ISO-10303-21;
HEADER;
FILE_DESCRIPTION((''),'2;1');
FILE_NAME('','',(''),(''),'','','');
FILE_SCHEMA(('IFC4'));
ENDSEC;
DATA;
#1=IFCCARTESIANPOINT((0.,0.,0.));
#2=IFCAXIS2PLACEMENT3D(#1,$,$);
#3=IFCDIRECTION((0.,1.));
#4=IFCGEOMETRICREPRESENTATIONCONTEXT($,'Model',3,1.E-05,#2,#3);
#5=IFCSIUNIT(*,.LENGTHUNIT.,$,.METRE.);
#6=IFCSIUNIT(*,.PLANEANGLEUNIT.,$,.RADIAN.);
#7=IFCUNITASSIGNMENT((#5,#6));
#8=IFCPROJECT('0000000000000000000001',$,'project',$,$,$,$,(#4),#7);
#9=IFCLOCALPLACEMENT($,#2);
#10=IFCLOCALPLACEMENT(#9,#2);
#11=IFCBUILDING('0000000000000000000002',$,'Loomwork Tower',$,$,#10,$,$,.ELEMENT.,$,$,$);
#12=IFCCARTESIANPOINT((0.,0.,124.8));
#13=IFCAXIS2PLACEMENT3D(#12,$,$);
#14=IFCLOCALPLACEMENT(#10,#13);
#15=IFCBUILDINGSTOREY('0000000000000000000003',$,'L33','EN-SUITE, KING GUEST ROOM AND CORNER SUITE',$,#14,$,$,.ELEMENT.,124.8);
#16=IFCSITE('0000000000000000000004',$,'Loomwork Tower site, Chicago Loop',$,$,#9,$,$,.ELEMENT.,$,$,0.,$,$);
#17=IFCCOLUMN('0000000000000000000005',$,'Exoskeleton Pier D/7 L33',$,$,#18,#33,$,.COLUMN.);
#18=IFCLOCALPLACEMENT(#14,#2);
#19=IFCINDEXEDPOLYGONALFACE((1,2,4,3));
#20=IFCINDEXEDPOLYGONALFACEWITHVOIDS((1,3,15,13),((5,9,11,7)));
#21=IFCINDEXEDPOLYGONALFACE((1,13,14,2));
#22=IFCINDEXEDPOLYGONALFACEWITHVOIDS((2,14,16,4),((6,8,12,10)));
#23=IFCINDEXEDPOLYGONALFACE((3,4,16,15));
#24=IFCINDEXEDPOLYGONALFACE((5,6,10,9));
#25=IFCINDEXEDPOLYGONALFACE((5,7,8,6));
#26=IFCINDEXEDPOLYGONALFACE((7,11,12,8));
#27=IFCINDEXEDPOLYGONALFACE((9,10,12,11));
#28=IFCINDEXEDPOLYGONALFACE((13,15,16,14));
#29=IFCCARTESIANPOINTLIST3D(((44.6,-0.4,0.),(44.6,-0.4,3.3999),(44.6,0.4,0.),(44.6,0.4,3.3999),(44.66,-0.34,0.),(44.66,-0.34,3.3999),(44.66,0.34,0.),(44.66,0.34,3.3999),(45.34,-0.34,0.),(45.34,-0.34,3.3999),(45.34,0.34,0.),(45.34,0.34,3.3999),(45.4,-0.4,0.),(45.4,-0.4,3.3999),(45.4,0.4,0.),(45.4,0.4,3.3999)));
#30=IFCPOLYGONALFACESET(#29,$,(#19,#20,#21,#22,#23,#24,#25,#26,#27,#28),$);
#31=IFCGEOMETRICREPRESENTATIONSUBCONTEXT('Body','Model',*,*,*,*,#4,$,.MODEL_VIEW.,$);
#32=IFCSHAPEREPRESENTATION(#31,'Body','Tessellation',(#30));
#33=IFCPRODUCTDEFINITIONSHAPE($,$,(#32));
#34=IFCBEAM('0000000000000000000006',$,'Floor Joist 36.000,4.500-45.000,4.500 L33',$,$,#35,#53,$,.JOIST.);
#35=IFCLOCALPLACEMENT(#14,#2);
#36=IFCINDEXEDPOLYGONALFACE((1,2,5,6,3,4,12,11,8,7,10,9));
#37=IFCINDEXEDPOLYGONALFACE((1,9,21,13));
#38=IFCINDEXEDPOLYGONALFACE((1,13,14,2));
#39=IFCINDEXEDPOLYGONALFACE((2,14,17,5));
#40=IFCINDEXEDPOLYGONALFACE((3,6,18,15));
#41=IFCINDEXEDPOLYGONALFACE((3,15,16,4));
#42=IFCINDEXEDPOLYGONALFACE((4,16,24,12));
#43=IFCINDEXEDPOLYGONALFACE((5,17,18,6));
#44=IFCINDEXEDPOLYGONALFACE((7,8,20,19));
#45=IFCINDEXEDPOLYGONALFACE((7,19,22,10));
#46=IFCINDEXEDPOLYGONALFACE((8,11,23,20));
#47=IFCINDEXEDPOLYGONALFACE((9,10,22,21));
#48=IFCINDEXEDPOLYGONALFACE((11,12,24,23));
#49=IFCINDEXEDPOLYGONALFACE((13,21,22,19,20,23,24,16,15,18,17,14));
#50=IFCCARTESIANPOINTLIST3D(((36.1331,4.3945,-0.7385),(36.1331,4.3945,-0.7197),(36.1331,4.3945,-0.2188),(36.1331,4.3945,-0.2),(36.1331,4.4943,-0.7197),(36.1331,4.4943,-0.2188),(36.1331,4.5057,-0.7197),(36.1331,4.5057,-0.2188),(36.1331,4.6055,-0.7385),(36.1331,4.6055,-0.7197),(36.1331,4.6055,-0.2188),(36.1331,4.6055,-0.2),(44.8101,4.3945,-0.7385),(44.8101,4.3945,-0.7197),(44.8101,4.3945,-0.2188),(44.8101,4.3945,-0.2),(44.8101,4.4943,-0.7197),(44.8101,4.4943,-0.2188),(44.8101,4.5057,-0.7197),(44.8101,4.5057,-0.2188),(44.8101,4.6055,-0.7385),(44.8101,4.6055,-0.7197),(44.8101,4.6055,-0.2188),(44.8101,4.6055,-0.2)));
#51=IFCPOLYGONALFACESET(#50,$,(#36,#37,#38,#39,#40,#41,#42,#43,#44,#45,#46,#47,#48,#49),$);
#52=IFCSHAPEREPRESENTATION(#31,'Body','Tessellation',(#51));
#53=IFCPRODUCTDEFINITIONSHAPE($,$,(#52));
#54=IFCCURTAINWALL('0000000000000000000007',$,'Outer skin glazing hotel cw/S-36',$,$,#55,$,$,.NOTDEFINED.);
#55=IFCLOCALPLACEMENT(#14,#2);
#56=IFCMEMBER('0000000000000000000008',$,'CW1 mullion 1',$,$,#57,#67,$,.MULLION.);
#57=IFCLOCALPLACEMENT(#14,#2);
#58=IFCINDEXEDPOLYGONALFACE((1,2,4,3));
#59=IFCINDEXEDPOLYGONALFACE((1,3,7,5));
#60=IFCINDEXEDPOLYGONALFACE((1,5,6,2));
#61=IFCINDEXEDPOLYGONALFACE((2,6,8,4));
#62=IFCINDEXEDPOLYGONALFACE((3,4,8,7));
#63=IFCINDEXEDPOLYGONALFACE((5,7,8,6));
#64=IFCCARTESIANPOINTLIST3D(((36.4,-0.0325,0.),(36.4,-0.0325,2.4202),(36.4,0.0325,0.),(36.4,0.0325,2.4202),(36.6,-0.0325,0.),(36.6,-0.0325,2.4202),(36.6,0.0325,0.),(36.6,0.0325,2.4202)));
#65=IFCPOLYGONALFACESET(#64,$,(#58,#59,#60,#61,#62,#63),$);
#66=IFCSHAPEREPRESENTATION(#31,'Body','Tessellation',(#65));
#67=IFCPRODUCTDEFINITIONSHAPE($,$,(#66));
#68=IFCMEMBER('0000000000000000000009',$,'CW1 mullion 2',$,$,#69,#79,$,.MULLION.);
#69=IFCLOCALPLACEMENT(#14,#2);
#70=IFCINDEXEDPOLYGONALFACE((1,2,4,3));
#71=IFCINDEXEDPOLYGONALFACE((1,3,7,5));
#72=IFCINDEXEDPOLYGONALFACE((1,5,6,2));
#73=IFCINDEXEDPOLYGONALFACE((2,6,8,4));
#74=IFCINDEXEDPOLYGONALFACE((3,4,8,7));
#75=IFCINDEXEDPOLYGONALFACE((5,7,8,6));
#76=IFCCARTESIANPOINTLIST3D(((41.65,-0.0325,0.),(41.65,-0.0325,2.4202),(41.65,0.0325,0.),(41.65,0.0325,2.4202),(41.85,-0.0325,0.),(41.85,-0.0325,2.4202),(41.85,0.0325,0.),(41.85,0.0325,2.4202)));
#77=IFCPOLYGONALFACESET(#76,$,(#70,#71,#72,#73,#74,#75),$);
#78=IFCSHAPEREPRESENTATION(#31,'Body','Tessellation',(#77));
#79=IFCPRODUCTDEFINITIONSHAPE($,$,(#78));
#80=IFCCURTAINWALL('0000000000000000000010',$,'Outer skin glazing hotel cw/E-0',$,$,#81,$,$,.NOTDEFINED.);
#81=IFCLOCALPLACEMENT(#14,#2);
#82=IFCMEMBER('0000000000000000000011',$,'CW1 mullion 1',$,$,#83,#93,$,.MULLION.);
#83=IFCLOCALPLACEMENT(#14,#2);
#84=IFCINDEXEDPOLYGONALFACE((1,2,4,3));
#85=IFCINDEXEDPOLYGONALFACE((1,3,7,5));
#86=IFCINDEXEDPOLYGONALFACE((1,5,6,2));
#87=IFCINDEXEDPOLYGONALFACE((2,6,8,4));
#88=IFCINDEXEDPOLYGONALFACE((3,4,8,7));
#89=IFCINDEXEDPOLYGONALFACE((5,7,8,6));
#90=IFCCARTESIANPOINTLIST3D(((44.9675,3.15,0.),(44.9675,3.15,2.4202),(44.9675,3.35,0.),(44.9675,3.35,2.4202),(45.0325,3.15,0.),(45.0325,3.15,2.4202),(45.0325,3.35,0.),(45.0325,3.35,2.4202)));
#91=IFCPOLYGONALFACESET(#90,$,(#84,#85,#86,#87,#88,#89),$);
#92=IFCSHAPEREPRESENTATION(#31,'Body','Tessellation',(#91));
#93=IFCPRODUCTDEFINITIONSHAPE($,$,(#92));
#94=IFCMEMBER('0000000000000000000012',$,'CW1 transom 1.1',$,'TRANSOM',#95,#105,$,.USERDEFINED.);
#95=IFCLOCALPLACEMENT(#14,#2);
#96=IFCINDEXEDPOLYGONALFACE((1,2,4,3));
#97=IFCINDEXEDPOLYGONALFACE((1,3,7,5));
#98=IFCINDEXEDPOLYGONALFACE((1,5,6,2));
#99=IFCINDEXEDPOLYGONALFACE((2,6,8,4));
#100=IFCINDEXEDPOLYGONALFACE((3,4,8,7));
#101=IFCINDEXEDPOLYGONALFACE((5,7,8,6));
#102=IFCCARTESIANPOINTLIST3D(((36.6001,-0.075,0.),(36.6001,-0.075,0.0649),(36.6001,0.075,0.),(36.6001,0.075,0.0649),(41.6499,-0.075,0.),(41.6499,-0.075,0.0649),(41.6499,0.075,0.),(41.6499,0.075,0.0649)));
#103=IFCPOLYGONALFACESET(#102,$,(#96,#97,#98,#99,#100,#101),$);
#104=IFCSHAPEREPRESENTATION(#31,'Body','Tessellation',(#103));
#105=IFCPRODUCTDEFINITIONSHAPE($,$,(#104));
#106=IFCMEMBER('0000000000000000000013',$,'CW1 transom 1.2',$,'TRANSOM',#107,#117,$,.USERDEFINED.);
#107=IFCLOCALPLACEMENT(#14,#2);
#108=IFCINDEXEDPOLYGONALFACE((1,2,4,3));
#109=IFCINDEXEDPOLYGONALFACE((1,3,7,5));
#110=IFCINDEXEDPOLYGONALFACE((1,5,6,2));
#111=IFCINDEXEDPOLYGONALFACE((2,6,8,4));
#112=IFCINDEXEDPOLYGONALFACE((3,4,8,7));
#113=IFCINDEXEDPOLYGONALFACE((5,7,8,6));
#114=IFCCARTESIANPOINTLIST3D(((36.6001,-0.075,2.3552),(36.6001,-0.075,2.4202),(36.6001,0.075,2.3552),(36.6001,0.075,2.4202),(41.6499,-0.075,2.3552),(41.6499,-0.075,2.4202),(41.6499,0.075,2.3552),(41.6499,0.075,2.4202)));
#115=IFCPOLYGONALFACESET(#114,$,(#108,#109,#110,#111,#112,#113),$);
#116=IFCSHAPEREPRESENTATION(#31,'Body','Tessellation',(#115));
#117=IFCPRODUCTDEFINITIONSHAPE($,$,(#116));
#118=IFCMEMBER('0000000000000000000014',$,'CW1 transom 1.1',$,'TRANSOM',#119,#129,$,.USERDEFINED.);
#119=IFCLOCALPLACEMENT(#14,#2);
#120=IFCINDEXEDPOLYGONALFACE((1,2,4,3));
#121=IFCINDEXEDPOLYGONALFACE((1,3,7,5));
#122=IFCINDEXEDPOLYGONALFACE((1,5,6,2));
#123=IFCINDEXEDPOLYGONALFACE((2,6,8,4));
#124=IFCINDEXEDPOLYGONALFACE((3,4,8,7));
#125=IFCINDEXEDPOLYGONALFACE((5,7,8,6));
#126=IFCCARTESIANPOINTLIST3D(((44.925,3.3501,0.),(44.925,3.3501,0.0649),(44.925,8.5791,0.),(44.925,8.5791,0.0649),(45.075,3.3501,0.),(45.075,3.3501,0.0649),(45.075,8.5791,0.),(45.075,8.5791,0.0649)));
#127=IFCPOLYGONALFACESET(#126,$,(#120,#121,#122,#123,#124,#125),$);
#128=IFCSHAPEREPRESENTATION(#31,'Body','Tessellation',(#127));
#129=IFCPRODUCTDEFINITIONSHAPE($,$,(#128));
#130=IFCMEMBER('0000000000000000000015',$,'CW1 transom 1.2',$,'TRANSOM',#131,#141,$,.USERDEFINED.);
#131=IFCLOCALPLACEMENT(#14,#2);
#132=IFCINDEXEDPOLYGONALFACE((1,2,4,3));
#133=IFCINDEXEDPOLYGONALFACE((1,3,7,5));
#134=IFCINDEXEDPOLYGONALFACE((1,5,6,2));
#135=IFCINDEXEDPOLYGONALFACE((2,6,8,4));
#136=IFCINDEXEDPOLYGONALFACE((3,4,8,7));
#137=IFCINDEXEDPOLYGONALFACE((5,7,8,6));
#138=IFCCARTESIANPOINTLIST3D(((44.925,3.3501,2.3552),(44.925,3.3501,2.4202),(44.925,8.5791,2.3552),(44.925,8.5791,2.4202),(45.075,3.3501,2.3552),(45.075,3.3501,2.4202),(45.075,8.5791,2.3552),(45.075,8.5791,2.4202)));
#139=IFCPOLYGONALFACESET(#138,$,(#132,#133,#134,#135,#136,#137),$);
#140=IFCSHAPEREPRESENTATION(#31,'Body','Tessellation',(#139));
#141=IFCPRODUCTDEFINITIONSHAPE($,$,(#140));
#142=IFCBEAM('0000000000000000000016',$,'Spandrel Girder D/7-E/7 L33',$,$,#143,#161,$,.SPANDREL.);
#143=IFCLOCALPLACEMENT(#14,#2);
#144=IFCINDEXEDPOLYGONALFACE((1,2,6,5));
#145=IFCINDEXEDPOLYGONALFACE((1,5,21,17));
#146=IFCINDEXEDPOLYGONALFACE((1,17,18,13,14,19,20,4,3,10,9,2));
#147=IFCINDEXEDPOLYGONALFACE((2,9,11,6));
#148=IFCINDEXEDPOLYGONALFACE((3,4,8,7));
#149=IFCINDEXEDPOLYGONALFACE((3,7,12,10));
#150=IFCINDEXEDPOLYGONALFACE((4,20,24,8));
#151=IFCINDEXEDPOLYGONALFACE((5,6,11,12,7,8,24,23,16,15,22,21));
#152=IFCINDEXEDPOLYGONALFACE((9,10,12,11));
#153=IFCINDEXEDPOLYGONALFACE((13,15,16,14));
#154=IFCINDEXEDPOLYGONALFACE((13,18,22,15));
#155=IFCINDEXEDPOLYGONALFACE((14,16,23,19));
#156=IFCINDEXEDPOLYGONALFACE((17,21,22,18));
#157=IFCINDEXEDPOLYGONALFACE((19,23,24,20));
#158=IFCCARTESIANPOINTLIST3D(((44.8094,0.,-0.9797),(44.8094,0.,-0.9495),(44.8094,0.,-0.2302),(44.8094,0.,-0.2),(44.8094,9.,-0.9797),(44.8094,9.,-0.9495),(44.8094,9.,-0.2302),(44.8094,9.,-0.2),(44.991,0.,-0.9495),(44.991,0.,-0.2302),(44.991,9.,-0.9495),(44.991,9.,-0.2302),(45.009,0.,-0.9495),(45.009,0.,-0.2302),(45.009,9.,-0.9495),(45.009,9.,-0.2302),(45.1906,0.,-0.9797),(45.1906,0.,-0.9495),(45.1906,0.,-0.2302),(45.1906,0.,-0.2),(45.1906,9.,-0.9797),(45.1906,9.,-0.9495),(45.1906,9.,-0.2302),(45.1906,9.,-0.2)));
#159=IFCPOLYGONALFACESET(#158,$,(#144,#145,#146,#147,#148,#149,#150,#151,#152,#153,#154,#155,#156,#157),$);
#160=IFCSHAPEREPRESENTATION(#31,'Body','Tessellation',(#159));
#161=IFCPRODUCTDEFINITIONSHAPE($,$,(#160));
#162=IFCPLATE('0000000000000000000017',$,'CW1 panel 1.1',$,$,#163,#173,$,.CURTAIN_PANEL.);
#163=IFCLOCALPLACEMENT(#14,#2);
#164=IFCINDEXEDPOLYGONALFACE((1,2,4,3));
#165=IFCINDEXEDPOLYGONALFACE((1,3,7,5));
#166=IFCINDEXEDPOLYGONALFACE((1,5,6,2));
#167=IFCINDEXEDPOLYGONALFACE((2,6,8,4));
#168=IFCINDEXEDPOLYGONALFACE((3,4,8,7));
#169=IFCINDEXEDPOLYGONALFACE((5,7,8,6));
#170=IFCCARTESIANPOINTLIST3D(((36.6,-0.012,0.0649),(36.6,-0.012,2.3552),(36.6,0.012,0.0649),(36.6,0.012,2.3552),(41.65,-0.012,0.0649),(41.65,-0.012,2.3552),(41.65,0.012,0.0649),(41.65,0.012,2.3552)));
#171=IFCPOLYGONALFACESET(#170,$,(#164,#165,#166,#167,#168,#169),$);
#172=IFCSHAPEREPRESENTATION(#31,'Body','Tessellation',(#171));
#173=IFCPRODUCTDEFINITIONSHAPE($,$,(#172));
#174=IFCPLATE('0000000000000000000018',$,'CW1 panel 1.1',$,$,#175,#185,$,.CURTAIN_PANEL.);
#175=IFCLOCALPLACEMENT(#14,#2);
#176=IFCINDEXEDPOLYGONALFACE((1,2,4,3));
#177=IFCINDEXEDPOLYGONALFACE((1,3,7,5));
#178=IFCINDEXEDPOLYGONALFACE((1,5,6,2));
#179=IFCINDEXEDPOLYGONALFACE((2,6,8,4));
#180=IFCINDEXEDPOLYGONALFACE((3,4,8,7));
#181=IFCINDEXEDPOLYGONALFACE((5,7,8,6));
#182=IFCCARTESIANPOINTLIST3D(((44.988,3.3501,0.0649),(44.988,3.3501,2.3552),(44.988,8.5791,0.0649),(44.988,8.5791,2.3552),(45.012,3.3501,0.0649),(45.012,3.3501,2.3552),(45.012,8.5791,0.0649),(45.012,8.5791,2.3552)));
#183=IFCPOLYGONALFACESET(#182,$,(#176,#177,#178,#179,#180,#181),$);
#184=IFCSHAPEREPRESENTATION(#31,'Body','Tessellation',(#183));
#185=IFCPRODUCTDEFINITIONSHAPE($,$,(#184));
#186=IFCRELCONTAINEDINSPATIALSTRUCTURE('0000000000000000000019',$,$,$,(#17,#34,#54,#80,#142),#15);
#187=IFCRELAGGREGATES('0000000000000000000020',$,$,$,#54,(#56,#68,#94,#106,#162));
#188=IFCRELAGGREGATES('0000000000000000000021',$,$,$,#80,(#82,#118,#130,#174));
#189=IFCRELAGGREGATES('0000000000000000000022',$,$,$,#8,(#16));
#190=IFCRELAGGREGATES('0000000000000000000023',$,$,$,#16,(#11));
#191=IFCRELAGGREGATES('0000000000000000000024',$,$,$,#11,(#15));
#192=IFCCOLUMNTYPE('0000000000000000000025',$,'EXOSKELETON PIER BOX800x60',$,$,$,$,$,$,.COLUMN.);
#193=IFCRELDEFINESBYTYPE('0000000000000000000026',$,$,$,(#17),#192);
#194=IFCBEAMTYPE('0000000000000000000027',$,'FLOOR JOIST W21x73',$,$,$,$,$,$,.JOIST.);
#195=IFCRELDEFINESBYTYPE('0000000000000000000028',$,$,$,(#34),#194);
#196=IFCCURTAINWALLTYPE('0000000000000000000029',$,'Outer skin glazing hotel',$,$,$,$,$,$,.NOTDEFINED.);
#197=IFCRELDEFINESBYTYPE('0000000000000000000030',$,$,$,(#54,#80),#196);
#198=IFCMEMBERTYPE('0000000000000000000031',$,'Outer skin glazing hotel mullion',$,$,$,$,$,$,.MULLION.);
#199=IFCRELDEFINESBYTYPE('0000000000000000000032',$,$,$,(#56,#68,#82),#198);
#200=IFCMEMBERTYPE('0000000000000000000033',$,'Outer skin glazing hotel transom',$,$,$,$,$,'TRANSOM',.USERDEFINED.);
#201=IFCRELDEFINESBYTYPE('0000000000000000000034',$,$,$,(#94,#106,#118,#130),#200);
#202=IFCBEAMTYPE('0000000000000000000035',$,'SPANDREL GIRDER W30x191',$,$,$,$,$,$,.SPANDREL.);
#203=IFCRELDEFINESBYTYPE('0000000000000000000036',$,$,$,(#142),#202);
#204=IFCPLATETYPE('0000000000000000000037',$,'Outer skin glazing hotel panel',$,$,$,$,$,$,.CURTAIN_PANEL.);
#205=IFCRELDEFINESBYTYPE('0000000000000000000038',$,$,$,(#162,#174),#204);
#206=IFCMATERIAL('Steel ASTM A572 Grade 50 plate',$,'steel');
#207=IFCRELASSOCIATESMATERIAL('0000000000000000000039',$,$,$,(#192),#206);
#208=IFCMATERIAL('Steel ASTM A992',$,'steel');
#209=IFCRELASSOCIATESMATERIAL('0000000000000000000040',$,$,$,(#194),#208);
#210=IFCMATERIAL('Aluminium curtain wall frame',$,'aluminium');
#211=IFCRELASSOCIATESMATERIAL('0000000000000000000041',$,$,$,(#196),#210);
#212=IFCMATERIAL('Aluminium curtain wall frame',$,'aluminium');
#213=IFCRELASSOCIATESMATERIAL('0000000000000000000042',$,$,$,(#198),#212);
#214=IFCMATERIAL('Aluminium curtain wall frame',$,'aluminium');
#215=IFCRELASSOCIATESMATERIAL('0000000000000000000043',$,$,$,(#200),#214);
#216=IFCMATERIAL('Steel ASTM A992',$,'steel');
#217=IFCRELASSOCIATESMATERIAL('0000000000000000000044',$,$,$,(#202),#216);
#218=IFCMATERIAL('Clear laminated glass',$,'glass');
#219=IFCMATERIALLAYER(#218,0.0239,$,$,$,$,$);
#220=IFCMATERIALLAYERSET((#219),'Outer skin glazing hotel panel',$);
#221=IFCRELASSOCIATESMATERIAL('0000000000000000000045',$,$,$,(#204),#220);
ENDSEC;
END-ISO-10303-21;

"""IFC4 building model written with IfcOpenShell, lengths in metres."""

from ifc_helpers import new_model, si_unit, direction, frame, origin, origin_2d, place, context, subcontext, project, spatial, rectangle, hollow_rectangle, i_section, extrude, material, layer, layer_set, material_profile, profile_set, type_object, element, aggregate, save


model = new_model("IFC4")

# Units and contexts
model_context = context("Model", 3, precision=1e-05, world=origin(), true_north=direction((0.0, 1.0)))
body_context = subcontext(model_context, "Body", "Model", "MODEL_VIEW")
ifc_project = project(units=[si_unit("LENGTHUNIT", "METRE"), si_unit("PLANEANGLEUNIT", "RADIAN")], contexts=[model_context])

# Site, building, storey
site_placement = place(None, origin())
site = spatial("IfcSite", under=ifc_project, at=site_placement, Name="Loomwork Tower site, Chicago Loop", CompositionType="ELEMENT", RefElevation=0.0)
building_placement = place(site_placement, origin())
building = spatial("IfcBuilding", under=site, at=building_placement, Name="Loomwork Tower", CompositionType="ELEMENT")
storey_placement = place(building_placement, frame((0.0, 0.0, 124.8)))
storey = spatial("IfcBuildingStorey", under=building, at=storey_placement, Name="L33", Description="EN-SUITE, KING GUEST ROOM AND CORNER SUITE", CompositionType="ELEMENT", Elevation=124.8)

# Column
ifc_material_1 = material(Name="Steel ASTM A572 Grade 50 plate", Category="steel")
ifc_material_profile_1 = material_profile(ifc_material_1, hollow_rectangle(XDim=0.8, YDim=0.8, WallThickness=0.0601, at=origin_2d()), Name="BOX800x60")
ifc_profile_set_1 = profile_set([ifc_material_profile_1], Name="Steel ASTM A572 Grade 50 plate")
column_type = type_object("IfcColumnType", Name="EXOSKELETON PIER BOX800x60", PredefinedType="COLUMN", material=ifc_profile_set_1)
column_placement = place(storey_placement, frame((45.0, 0.0, 0.0), z_axis=(0.0, 0.0, 1.0), x_axis=(1.0, 0.0, 0.0)))
element("IfcColumn", 1, at=column_placement, inside=storey, type_object=column_type, Name="Exoskeleton Pier D/7 L33", PredefinedType="COLUMN", context=body_context, shape_type="SweptSolid", body=[
    extrude(hollow_rectangle(XDim=0.8, YDim=0.8, WallThickness=0.0601, at=origin_2d()), origin(), (0.0, 0.0, 1.0), 3.3999),
])

# Beam
ifc_material_2 = material(Name="Steel ASTM A992", Category="steel")
ifc_material_profile_2 = material_profile(ifc_material_2, i_section(OverallWidth=0.2109, OverallDepth=0.5386, WebThickness=0.0115, FlangeThickness=0.0188, at=origin_2d()), Name="W21x73")
ifc_profile_set_2 = profile_set([ifc_material_profile_2], Name="Steel ASTM A992")
beam_type_1 = type_object("IfcBeamType", Name="FLOOR JOIST W21x73", PredefinedType="JOIST", material=ifc_profile_set_2)
beam_1_placement = place(storey_placement, frame((36.1331, 4.5, -0.4692), z_axis=(1.0, 0.0, 0.0), x_axis=(0.0, 1.0, 0.0)))
element("IfcBeam", 2, at=beam_1_placement, inside=storey, type_object=beam_type_1, Name="Floor Joist 36.000,4.500-45.000,4.500 L33", PredefinedType="JOIST", context=body_context, shape_type="SweptSolid", body=[
    extrude(i_section(OverallWidth=0.2109, OverallDepth=0.5386, WebThickness=0.0115, FlangeThickness=0.0188, at=origin_2d()), origin(), (0.0, 0.0, 1.0), 8.677),
])

# Curtain wall, members
ifc_material_3 = material(Name="Aluminium curtain wall frame", Category="aluminium")
curtain_wall_type = type_object("IfcCurtainWallType", Name="Outer skin glazing hotel", PredefinedType="NOTDEFINED", material=ifc_material_3)
curtain_wall_1_placement = place(storey_placement, origin())
curtain_wall_1 = element("IfcCurtainWall", 3, at=curtain_wall_1_placement, inside=storey, type_object=curtain_wall_type, Name="Outer skin glazing hotel cw/S-36", PredefinedType="NOTDEFINED")
ifc_material_4 = material(Name="Aluminium curtain wall frame", Category="aluminium")
ifc_material_profile_3 = material_profile(ifc_material_4, rectangle(XDim=0.0649, YDim=0.2, at=origin_2d()), Name="AL 65x200")
ifc_profile_set_3 = profile_set([ifc_material_profile_3], Name="Aluminium curtain wall frame")
member_type_1 = type_object("IfcMemberType", Name="Outer skin glazing hotel mullion", PredefinedType="MULLION", material=ifc_profile_set_3)
member_1_placement = place(storey_placement, frame((36.5, 0.0, 0.0), z_axis=(0.0, 0.0, 1.0), x_axis=(0.0, 1.0, 0.0)))
member_1 = element("IfcMember", 4, at=member_1_placement, type_object=member_type_1, Name="CW1 mullion 1", PredefinedType="MULLION", context=body_context, shape_type="SweptSolid", body=[
    extrude(rectangle(XDim=0.0649, YDim=0.2, at=origin_2d()), origin(), (0.0, 0.0, 1.0), 2.4202),
])
member_2_placement = place(storey_placement, frame((41.75, 0.0, 0.0), z_axis=(0.0, 0.0, 1.0), x_axis=(0.0, 1.0, 0.0)))
member_2 = element("IfcMember", 5, at=member_2_placement, type_object=member_type_1, Name="CW1 mullion 2", PredefinedType="MULLION", context=body_context, shape_type="SweptSolid", body=[
    extrude(rectangle(XDim=0.0649, YDim=0.2, at=origin_2d()), origin(), (0.0, 0.0, 1.0), 2.4202),
])

# Curtain wall, member
curtain_wall_2_placement = place(storey_placement, origin())
curtain_wall_2 = element("IfcCurtainWall", 6, at=curtain_wall_2_placement, inside=storey, type_object=curtain_wall_type, Name="Outer skin glazing hotel cw/E-0", PredefinedType="NOTDEFINED")
member_3_placement = place(storey_placement, frame((45.0, 3.25, 0.0), z_axis=(0.0, 0.0, 1.0), x_axis=(-1.0, 0.0, 0.0)))
member_3 = element("IfcMember", 7, at=member_3_placement, type_object=member_type_1, Name="CW1 mullion 1", PredefinedType="MULLION", context=body_context, shape_type="SweptSolid", body=[
    extrude(rectangle(XDim=0.0649, YDim=0.2, at=origin_2d()), origin(), (0.0, 0.0, 1.0), 2.4202),
])

# Members
ifc_material_5 = material(Name="Aluminium curtain wall frame", Category="aluminium")
ifc_material_profile_4 = material_profile(ifc_material_5, rectangle(XDim=0.1499, YDim=0.0649, at=origin_2d()), Name="AL 65x150")
ifc_profile_set_4 = profile_set([ifc_material_profile_4], Name="Aluminium curtain wall frame")
member_type_2 = type_object("IfcMemberType", Name="Outer skin glazing hotel transom", ElementType="TRANSOM", PredefinedType="USERDEFINED", material=ifc_profile_set_4)
member_4_placement = place(storey_placement, frame((36.6001, 0.0, 0.0325), z_axis=(1.0, 0.0, 0.0), x_axis=(0.0, 1.0, 0.0)))
member_4 = element("IfcMember", 8, at=member_4_placement, type_object=member_type_2, Name="CW1 transom 1.1", ObjectType="TRANSOM", PredefinedType="USERDEFINED", context=body_context, shape_type="SweptSolid", body=[
    extrude(rectangle(XDim=0.1499, YDim=0.0649, at=origin_2d()), origin(), (0.0, 0.0, 1.0), 5.0498),
])
member_5_placement = place(storey_placement, frame((36.6001, 0.0, 2.3877), z_axis=(1.0, 0.0, 0.0), x_axis=(0.0, 1.0, 0.0)))
member_5 = element("IfcMember", 9, at=member_5_placement, type_object=member_type_2, Name="CW1 transom 1.2", ObjectType="TRANSOM", PredefinedType="USERDEFINED", context=body_context, shape_type="SweptSolid", body=[
    extrude(rectangle(XDim=0.1499, YDim=0.0649, at=origin_2d()), origin(), (0.0, 0.0, 1.0), 5.0498),
])
member_6_placement = place(storey_placement, frame((45.0, 3.3501, 0.0325), z_axis=(0.0, 1.0, 0.0), x_axis=(-1.0, 0.0, 0.0)))
member_6 = element("IfcMember", 10, at=member_6_placement, type_object=member_type_2, Name="CW1 transom 1.1", ObjectType="TRANSOM", PredefinedType="USERDEFINED", context=body_context, shape_type="SweptSolid", body=[
    extrude(rectangle(XDim=0.1499, YDim=0.0649, at=origin_2d()), origin(), (0.0, 0.0, 1.0), 5.229),
])
member_7_placement = place(storey_placement, frame((45.0, 3.3501, 2.3877), z_axis=(0.0, 1.0, 0.0), x_axis=(-1.0, 0.0, 0.0)))
member_7 = element("IfcMember", 11, at=member_7_placement, type_object=member_type_2, Name="CW1 transom 1.2", ObjectType="TRANSOM", PredefinedType="USERDEFINED", context=body_context, shape_type="SweptSolid", body=[
    extrude(rectangle(XDim=0.1499, YDim=0.0649, at=origin_2d()), origin(), (0.0, 0.0, 1.0), 5.229),
])

# Beam
ifc_material_6 = material(Name="Steel ASTM A992", Category="steel")
ifc_material_profile_5 = material_profile(ifc_material_6, i_section(OverallWidth=0.3811, OverallDepth=0.7798, WebThickness=0.0181, FlangeThickness=0.0303, at=origin_2d()), Name="W30x191")
ifc_profile_set_5 = profile_set([ifc_material_profile_5], Name="Steel ASTM A992")
beam_type_2 = type_object("IfcBeamType", Name="SPANDREL GIRDER W30x191", PredefinedType="SPANDREL", material=ifc_profile_set_5)
beam_2_placement = place(storey_placement, frame((45.0, 0.0, -0.5898), z_axis=(0.0, 1.0, 0.0), x_axis=(-1.0, 0.0, 0.0)))
element("IfcBeam", 12, at=beam_2_placement, inside=storey, type_object=beam_type_2, Name="Spandrel Girder D/7-E/7 L33", PredefinedType="SPANDREL", context=body_context, shape_type="SweptSolid", body=[
    extrude(i_section(OverallWidth=0.3811, OverallDepth=0.7798, WebThickness=0.0181, FlangeThickness=0.0303, at=origin_2d()), origin(), (0.0, 0.0, 1.0), 9.0),
])

# Plates
ifc_material_7 = material(Name="Clear laminated glass", Category="glass")
ifc_layer_1 = layer(ifc_material_7, 0.0239)
ifc_layer_set_1 = layer_set([ifc_layer_1], Name="Outer skin glazing hotel panel")
plate_type = type_object("IfcPlateType", Name="Outer skin glazing hotel panel", PredefinedType="CURTAIN_PANEL", material=ifc_layer_set_1)
plate_1_placement = place(storey_placement, frame((39.125, 0.0, 0.0649), z_axis=(0.0, 0.0, 1.0), x_axis=(1.0, 0.0, 0.0)))
plate_1 = element("IfcPlate", 13, at=plate_1_placement, type_object=plate_type, Name="CW1 panel 1.1", PredefinedType="CURTAIN_PANEL", context=body_context, shape_type="SweptSolid", body=[
    extrude(rectangle(XDim=5.05, YDim=0.0239, at=origin_2d()), origin(), (0.0, 0.0, 1.0), 2.2903),
])
aggregate(curtain_wall_1, [member_1, member_2, member_4, member_5, plate_1])
plate_2_placement = place(storey_placement, frame((45.0, 5.9646, 0.0649), z_axis=(0.0, 0.0, 1.0), x_axis=(0.0, 1.0, 0.0)))
plate_2 = element("IfcPlate", 14, at=plate_2_placement, type_object=plate_type, Name="CW1 panel 1.1", PredefinedType="CURTAIN_PANEL", context=body_context, shape_type="SweptSolid", body=[
    extrude(rectangle(XDim=5.229, YDim=0.0239, at=origin_2d()), origin(), (0.0, 0.0, 1.0), 2.2903),
])
aggregate(curtain_wall_2, [member_3, member_6, member_7, plate_2])

save(model, "model.ifc")
